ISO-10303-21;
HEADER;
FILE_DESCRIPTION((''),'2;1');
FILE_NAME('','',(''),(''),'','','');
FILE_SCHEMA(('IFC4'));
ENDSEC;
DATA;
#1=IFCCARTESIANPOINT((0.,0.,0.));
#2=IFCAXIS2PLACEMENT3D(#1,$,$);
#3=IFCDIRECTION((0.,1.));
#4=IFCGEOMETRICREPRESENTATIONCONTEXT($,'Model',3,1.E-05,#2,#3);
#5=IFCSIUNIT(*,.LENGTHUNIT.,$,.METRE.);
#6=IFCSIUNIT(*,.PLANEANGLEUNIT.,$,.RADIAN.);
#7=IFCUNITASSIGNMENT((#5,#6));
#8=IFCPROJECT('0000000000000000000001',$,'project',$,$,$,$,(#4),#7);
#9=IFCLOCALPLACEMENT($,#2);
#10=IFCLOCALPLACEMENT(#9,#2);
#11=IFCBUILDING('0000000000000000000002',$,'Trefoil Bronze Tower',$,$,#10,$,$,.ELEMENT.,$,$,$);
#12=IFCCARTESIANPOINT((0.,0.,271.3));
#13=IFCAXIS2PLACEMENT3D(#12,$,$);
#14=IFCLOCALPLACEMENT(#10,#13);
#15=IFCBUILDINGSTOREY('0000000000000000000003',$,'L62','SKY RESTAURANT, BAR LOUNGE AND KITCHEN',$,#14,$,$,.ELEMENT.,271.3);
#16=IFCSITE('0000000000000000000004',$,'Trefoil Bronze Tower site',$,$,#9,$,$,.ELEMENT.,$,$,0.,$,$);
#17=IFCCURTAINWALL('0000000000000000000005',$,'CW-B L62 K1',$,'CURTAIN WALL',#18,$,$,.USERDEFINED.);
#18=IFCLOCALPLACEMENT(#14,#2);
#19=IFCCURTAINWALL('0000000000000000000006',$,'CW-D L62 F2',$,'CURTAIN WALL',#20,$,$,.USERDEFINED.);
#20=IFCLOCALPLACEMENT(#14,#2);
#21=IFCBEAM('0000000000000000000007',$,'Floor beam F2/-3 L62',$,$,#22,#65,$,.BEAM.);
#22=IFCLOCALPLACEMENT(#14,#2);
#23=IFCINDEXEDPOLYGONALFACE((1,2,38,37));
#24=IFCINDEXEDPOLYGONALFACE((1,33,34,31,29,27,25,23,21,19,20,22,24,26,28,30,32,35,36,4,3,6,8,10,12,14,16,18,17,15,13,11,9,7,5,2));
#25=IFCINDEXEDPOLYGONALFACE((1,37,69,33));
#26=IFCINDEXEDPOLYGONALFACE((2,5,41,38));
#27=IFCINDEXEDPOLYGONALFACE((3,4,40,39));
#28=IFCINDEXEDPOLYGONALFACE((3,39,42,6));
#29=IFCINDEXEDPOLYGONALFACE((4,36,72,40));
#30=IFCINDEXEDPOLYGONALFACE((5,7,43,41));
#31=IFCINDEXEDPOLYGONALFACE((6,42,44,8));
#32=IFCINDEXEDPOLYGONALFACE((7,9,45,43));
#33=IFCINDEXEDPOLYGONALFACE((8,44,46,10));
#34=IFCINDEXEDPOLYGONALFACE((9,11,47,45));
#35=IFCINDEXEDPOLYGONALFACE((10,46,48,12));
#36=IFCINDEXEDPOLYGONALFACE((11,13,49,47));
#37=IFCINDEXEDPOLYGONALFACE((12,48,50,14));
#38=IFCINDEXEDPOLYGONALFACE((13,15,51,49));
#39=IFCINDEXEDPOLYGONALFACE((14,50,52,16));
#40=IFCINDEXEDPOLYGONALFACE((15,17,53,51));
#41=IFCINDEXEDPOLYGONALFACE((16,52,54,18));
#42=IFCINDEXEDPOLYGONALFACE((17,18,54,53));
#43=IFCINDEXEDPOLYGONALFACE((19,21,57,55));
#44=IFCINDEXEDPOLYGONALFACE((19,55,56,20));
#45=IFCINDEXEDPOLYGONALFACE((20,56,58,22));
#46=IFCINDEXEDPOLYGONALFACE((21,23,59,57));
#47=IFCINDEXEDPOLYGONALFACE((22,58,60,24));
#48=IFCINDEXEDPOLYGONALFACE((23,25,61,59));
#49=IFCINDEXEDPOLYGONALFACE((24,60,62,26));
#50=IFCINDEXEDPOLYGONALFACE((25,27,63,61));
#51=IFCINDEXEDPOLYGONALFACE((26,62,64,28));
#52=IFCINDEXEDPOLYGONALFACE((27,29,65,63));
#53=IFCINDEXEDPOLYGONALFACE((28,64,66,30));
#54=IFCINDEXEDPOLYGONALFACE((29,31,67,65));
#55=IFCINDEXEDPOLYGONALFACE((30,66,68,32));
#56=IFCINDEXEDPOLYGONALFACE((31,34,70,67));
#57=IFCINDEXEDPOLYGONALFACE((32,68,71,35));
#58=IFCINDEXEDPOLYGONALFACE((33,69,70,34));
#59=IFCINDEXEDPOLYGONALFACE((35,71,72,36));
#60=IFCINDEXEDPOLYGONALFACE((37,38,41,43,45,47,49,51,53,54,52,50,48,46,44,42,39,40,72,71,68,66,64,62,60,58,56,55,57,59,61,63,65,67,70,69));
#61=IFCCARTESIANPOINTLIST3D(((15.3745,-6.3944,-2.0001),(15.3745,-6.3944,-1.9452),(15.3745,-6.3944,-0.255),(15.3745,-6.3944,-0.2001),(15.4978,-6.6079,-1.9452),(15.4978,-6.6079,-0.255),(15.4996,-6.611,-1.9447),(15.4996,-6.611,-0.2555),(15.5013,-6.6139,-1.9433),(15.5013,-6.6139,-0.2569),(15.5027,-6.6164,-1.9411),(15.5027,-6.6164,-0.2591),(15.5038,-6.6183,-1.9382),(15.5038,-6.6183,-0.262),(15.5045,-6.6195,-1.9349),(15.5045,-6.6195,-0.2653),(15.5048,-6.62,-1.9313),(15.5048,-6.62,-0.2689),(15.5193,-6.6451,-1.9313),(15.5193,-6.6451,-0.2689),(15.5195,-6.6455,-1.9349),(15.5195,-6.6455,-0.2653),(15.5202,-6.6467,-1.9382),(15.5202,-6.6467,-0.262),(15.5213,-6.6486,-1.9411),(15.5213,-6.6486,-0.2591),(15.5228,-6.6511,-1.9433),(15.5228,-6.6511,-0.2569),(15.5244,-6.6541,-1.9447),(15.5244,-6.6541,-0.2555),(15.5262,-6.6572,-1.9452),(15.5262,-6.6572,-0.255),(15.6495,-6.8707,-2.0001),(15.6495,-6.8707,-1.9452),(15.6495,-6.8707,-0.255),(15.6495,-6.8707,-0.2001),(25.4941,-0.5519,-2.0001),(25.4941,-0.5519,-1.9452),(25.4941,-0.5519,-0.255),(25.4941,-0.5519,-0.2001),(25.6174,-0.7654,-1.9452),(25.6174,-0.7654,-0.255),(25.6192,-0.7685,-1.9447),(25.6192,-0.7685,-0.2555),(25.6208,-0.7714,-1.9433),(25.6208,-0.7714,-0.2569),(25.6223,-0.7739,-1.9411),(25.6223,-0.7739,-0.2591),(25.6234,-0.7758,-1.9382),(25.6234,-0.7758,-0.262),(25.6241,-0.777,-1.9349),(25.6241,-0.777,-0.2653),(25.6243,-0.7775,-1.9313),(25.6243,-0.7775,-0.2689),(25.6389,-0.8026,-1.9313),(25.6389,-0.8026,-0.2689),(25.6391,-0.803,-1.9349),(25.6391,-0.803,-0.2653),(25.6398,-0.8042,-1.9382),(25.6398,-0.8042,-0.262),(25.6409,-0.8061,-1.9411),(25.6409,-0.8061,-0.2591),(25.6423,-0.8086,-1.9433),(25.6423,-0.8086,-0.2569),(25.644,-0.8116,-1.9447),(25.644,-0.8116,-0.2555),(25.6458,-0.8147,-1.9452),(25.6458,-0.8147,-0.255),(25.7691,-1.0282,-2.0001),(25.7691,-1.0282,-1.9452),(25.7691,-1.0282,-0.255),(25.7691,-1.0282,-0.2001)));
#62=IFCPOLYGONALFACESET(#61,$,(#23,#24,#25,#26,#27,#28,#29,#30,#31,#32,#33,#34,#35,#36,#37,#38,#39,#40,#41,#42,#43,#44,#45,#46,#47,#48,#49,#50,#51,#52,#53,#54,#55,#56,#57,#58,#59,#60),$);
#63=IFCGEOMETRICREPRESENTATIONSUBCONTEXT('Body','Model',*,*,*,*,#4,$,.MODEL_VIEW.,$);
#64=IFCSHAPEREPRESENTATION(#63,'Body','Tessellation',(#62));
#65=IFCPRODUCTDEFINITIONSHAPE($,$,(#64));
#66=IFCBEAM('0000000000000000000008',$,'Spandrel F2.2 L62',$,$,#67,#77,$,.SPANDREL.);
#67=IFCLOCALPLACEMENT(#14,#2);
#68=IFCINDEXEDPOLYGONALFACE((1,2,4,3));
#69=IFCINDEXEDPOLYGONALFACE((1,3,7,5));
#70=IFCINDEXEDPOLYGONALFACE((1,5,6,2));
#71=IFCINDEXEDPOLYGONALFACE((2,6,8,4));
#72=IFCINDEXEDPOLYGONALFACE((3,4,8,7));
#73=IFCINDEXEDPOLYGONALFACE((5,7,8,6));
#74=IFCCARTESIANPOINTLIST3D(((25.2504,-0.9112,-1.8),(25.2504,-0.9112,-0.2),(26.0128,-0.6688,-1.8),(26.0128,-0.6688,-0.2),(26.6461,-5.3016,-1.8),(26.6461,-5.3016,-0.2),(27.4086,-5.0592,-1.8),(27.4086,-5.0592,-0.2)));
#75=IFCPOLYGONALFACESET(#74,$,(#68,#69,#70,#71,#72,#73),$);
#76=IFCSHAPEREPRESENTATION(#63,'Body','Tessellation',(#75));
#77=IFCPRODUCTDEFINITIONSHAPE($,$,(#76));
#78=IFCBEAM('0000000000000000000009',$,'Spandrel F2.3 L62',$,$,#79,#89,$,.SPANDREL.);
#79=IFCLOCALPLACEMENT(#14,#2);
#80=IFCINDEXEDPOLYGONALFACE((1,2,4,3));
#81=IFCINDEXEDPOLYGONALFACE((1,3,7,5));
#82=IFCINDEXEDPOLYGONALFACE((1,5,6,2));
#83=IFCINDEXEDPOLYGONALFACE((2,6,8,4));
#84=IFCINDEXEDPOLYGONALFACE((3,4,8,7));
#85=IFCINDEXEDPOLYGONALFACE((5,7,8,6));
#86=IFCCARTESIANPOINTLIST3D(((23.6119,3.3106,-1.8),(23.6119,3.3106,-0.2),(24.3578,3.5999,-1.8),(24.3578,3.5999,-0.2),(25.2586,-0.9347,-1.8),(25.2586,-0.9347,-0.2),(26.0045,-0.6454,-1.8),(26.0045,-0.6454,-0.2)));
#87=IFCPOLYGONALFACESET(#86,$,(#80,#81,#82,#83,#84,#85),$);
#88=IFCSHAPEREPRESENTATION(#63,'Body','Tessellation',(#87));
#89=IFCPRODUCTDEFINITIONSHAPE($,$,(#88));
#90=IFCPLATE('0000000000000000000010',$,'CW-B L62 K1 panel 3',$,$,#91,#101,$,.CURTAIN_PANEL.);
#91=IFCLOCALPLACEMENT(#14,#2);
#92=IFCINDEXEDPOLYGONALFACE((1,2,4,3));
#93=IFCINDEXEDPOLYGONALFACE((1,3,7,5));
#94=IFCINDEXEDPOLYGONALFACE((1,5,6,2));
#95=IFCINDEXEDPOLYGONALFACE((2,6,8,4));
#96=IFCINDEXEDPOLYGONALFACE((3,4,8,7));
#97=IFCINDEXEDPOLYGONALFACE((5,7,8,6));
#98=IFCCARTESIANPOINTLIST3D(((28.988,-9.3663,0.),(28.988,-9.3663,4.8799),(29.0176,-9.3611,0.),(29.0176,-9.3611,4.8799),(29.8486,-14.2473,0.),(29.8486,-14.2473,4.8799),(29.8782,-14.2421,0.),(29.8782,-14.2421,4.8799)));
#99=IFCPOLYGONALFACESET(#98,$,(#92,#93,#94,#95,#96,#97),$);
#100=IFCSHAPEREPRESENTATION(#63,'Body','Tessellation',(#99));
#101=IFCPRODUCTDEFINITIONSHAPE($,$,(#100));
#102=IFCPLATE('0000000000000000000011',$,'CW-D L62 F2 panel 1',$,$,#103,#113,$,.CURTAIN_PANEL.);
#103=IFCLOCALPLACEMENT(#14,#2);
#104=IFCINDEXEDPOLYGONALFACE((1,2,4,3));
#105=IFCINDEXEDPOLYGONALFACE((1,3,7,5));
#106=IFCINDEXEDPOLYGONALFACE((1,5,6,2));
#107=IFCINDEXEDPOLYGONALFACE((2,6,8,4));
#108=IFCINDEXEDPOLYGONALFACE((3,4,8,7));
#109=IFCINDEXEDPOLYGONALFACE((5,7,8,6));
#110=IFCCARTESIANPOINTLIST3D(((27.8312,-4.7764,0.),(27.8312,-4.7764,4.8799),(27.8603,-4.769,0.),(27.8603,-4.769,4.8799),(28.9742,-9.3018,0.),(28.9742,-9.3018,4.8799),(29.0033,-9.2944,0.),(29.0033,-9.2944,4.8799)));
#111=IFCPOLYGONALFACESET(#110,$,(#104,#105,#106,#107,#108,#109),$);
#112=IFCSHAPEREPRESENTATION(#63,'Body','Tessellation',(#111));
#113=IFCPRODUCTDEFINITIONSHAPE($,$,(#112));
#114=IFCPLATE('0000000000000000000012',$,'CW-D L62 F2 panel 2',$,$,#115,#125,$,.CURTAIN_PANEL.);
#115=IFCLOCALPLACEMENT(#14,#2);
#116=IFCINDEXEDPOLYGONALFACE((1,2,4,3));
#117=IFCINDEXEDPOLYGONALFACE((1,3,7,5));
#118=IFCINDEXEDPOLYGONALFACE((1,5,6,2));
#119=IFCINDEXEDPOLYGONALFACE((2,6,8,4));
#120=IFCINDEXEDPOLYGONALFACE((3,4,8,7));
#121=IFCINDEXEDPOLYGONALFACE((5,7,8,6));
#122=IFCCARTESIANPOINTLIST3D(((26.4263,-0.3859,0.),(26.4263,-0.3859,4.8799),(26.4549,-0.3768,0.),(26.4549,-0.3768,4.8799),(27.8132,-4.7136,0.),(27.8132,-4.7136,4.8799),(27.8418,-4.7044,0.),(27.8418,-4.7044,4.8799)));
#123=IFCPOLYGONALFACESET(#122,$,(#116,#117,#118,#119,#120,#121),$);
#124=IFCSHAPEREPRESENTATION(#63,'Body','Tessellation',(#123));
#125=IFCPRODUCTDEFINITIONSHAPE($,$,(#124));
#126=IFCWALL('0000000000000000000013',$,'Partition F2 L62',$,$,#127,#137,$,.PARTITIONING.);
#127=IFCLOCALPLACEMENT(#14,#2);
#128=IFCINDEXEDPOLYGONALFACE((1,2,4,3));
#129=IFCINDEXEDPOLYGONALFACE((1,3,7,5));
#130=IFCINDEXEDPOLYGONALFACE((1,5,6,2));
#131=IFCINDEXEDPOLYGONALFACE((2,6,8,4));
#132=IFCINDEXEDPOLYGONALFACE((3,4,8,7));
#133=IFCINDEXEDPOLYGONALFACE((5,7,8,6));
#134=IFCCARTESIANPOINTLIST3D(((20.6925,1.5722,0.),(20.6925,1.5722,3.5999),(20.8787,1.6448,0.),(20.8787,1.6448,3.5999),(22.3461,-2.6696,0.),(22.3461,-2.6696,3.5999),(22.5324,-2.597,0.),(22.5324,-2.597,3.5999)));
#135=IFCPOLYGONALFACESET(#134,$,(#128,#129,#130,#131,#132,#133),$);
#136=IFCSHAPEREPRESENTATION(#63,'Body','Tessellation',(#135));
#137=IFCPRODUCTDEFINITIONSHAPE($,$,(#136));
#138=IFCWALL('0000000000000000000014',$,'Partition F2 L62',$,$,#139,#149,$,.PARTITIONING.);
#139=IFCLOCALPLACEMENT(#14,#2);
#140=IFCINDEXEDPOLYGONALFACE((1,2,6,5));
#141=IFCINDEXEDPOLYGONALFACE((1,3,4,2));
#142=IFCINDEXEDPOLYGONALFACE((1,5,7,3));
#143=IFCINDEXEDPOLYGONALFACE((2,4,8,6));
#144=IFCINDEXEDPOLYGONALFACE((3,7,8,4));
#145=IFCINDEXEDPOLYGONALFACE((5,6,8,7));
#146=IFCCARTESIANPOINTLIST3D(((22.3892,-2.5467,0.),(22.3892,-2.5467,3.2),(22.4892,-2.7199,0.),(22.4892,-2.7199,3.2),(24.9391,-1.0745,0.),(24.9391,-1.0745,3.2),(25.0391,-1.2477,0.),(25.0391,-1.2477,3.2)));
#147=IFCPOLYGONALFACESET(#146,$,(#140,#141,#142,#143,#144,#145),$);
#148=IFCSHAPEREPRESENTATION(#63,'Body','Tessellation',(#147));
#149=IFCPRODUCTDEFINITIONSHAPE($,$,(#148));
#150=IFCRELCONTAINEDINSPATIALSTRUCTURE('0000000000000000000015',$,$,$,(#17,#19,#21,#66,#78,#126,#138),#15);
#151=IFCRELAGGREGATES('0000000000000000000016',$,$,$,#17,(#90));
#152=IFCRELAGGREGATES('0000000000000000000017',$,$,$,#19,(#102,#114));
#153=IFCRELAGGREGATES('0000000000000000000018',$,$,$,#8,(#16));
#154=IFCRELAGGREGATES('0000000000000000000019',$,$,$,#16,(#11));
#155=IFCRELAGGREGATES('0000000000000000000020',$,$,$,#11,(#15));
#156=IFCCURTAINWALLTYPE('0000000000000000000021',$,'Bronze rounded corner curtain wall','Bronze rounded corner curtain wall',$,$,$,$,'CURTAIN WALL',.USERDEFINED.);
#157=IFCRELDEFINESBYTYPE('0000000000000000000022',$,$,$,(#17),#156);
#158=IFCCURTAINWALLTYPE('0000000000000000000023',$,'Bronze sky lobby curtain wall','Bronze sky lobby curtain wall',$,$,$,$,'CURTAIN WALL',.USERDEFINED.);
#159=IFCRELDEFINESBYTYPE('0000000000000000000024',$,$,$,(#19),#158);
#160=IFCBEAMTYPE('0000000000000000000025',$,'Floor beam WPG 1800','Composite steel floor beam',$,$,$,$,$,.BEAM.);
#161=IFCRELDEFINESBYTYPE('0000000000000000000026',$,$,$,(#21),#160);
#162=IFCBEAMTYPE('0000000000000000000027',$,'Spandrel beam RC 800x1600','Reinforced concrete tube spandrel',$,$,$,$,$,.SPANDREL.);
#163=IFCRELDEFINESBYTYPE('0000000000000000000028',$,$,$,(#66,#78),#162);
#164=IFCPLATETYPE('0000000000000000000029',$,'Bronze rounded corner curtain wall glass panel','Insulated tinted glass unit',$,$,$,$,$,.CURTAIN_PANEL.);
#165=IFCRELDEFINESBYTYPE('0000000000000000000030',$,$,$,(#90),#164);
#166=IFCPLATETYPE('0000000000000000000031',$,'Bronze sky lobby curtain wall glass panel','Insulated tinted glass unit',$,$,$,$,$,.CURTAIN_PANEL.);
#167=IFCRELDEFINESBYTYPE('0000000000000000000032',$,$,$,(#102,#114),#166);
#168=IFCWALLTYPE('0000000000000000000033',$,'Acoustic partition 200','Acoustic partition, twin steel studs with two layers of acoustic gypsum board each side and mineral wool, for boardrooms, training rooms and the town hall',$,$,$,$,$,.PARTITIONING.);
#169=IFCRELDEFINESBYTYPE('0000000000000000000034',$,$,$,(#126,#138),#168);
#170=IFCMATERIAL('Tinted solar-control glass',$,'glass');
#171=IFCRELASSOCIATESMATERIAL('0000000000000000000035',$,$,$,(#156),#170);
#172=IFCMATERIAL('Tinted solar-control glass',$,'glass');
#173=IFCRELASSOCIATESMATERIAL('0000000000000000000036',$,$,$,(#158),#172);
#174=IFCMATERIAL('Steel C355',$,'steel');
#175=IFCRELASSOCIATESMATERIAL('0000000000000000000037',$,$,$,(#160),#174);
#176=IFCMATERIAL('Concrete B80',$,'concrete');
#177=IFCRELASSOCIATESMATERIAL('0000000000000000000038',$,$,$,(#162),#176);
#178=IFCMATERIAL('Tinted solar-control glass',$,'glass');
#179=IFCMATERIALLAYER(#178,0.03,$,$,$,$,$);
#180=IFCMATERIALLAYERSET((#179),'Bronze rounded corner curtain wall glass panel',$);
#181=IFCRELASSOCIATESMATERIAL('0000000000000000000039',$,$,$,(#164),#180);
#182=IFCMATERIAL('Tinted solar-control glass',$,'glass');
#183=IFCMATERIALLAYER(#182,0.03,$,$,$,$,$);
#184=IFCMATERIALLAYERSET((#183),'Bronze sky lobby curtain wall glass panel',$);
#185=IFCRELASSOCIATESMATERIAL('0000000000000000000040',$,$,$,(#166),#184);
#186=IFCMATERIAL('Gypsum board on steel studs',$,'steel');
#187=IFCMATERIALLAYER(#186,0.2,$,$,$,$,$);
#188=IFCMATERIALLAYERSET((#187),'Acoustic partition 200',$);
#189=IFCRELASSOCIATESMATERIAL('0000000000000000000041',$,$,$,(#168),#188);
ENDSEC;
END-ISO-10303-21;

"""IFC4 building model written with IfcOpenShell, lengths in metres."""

from ifc_helpers import new_model, si_unit, direction, frame, frame_2d, origin, origin_2d, place, context, subcontext, project, spatial, rectangle, i_section, extrude, material, layer, layer_set, material_profile, profile_set, type_object, element, aggregate, save


model = new_model("IFC4")

# Units and contexts
model_context = context("Model", 3, precision=1e-05, world=origin(), true_north=direction((0.0, 1.0)))
body_context = subcontext(model_context, "Body", "Model", "MODEL_VIEW")
ifc_project = project(units=[si_unit("LENGTHUNIT", "METRE"), si_unit("PLANEANGLEUNIT", "RADIAN")], contexts=[model_context])

# Site, building, storey
site_placement = place(None, origin())
site = spatial("IfcSite", under=ifc_project, at=site_placement, Name="Trefoil Bronze Tower site", CompositionType="ELEMENT", RefElevation=0.0)
building_placement = place(site_placement, origin())
building = spatial("IfcBuilding", under=site, at=building_placement, Name="Trefoil Bronze Tower", CompositionType="ELEMENT")
storey_placement = place(building_placement, frame((0.0, 0.0, 271.3)))
storey = spatial("IfcBuildingStorey", under=building, at=storey_placement, Name="L62", Description="SKY RESTAURANT, BAR LOUNGE AND KITCHEN", CompositionType="ELEMENT", Elevation=271.3)

# Curtain walls
ifc_material_1 = material(Name="Tinted solar-control glass", Category="glass")
curtain_wall_type_1 = type_object("IfcCurtainWallType", Name="Bronze rounded corner curtain wall", Description="Bronze rounded corner curtain wall", ElementType="CURTAIN WALL", PredefinedType="USERDEFINED", material=ifc_material_1)
curtain_wall_1_placement = place(storey_placement, origin())
curtain_wall_1 = element("IfcCurtainWall", 1, at=curtain_wall_1_placement, inside=storey, type_object=curtain_wall_type_1, Name="CW-B L62 K1", ObjectType="CURTAIN WALL", PredefinedType="USERDEFINED")
ifc_material_2 = material(Name="Tinted solar-control glass", Category="glass")
curtain_wall_type_2 = type_object("IfcCurtainWallType", Name="Bronze sky lobby curtain wall", Description="Bronze sky lobby curtain wall", ElementType="CURTAIN WALL", PredefinedType="USERDEFINED", material=ifc_material_2)
curtain_wall_2_placement = place(storey_placement, origin())
curtain_wall_2 = element("IfcCurtainWall", 2, at=curtain_wall_2_placement, inside=storey, type_object=curtain_wall_type_2, Name="CW-D L62 F2", ObjectType="CURTAIN WALL", PredefinedType="USERDEFINED")

# Beams
ifc_material_3 = material(Name="Steel C355", Category="steel")
ifc_material_profile_1 = material_profile(ifc_material_3, i_section(OverallWidth=0.55, OverallDepth=1.8, WebThickness=0.0291, FlangeThickness=0.0549, FilletRadius=0.0139, at=origin_2d()), Name="WPG 1800")
ifc_profile_set_1 = profile_set([ifc_material_profile_1], Name="Steel C355")
beam_type_1 = type_object("IfcBeamType", Name="Floor beam WPG 1800", Description="Composite steel floor beam", PredefinedType="BEAM", material=ifc_profile_set_1)
beam_1_placement = place(storey_placement, frame((25.6316, -0.79, -1.1001), z_axis=(-0.866027, -0.499997, 0.0), x_axis=(0.499997, -0.866027, 0.0)))
element("IfcBeam", 3, at=beam_1_placement, inside=storey, type_object=beam_type_1, Name="Floor beam F2/-3 L62", PredefinedType="BEAM", context=body_context, shape_type="SweptSolid", body=[
    extrude(i_section(OverallWidth=0.55, OverallDepth=1.8, WebThickness=0.0291, FlangeThickness=0.0549, FilletRadius=0.0139, at=origin_2d()), origin(), (0.0, 0.0, 1.0), 11.6851),
])
ifc_material_4 = material(Name="Concrete B80", Category="concrete")
ifc_material_profile_2 = material_profile(ifc_material_4, rectangle(XDim=0.8, YDim=1.6001, at=origin_2d()), Name="RC 800x1600")
ifc_profile_set_2 = profile_set([ifc_material_profile_2], Name="Concrete B80")
beam_type_2 = type_object("IfcBeamType", Name="Spandrel beam RC 800x1600", Description="Reinforced concrete tube spandrel", PredefinedType="SPANDREL", material=ifc_profile_set_2)
beam_2_placement = place(storey_placement, frame((27.0273, -5.1804, -1.0), z_axis=(-0.30297, 0.953, 0.0), x_axis=(-0.953, -0.30297, 0.0)))
element("IfcBeam", 4, at=beam_2_placement, inside=storey, type_object=beam_type_2, Name="Spandrel F2.2 L62", PredefinedType="SPANDREL", context=body_context, shape_type="SweptSolid", body=[
    extrude(rectangle(XDim=0.8, YDim=1.6001, at=origin_2d()), origin(), (0.0, 0.0, 1.0), 4.6069),
])
beam_3_placement = place(storey_placement, frame((25.6316, -0.79, -1.0), z_axis=(-0.361636, 0.932319, 0.0), x_axis=(-0.932319, -0.361636, 0.0)))
element("IfcBeam", 5, at=beam_3_placement, inside=storey, type_object=beam_type_2, Name="Spandrel F2.3 L62", PredefinedType="SPANDREL", context=body_context, shape_type="SweptSolid", body=[
    extrude(rectangle(XDim=0.8, YDim=1.6001, at=origin_2d()), origin(), (0.0, 0.0, 1.0), 4.5535),
])

# Plates
ifc_material_5 = material(Name="Tinted solar-control glass", Category="glass")
ifc_layer_1 = layer(ifc_material_5, 0.03)
ifc_layer_set_1 = layer_set([ifc_layer_1], Name="Bronze rounded corner curtain wall glass panel")
plate_type_1 = type_object("IfcPlateType", Name="Bronze rounded corner curtain wall glass panel", Description="Insulated tinted glass unit", PredefinedType="CURTAIN_PANEL", material=ifc_layer_set_1)
plate_1_placement = place(storey_placement, frame((29.4331, -11.8042, 0.0), z_axis=(0.0, 0.0, 1.0), x_axis=(-0.173648, 0.984808, 0.0)))
plate_1 = element("IfcPlate", 6, at=plate_1_placement, type_object=plate_type_1, Name="CW-B L62 K1 panel 3", PredefinedType="CURTAIN_PANEL", context=body_context, shape_type="SweptSolid", body=[
    extrude(rectangle(XDim=4.9563, YDim=0.03, at=origin_2d()), origin(), (0.0, 0.0, 1.0), 4.8799),
])
aggregate(curtain_wall_1, [plate_1])
ifc_material_6 = material(Name="Tinted solar-control glass", Category="glass")
ifc_layer_2 = layer(ifc_material_6, 0.03)
ifc_layer_set_2 = layer_set([ifc_layer_2], Name="Bronze sky lobby curtain wall glass panel")
plate_type_2 = type_object("IfcPlateType", Name="Bronze sky lobby curtain wall glass panel", Description="Insulated tinted glass unit", PredefinedType="CURTAIN_PANEL", material=ifc_layer_set_2)
plate_2_placement = place(storey_placement, frame((28.4172, -7.0354, 0.0), z_axis=(0.0, 0.0, 1.0), x_axis=(-0.24488, 0.969554, 0.0)))
plate_2 = element("IfcPlate", 7, at=plate_2_placement, type_object=plate_type_2, Name="CW-D L62 F2 panel 1", PredefinedType="CURTAIN_PANEL", context=body_context, shape_type="SweptSolid", body=[
    extrude(rectangle(XDim=4.6675, YDim=0.03, at=origin_2d()), origin(), (0.0, 0.0, 1.0), 4.8799),
])
plate_3_placement = place(storey_placement, frame((27.134, -2.5452, 0.0), z_axis=(0.0, 0.0, 1.0), x_axis=(-0.305188, 0.952292, 0.0)))
plate_3 = element("IfcPlate", 8, at=plate_3_placement, type_object=plate_type_2, Name="CW-D L62 F2 panel 2", PredefinedType="CURTAIN_PANEL", context=body_context, shape_type="SweptSolid", body=[
    extrude(rectangle(XDim=4.5444, YDim=0.03, at=origin_2d()), origin(), (0.0, 0.0, 1.0), 4.8799),
])
aggregate(curtain_wall_2, [plate_2, plate_3])

# Walls
ifc_material_7 = material(Name="Gypsum board on steel studs", Category="steel")
ifc_layer_3 = layer(ifc_material_7, 0.2)
ifc_layer_set_3 = layer_set([ifc_layer_3], Name="Acoustic partition 200")
wall_type_1 = type_object("IfcWallType", Name="Acoustic partition 200", Description="Acoustic partition, twin steel studs with two layers of acoustic gypsum board each side and mineral wool, for boardrooms, training rooms and the town hall", PredefinedType="PARTITIONING", material=ifc_layer_set_3)
wall_1_placement = place(storey_placement, frame((22.4392, -2.6333, 0.0), z_axis=(0.0, 0.0, 1.0), x_axis=(-0.363212, 0.931706, 0.0)))
element("IfcWall", 9, at=wall_1_placement, inside=storey, type_object=wall_type_1, Name="Partition F2 L62", PredefinedType="PARTITIONING", context=body_context, shape_type="SweptSolid", body=[
    extrude(rectangle(XDim=4.5527, YDim=0.2, at=frame_2d((2.2764, 0.0))), origin(), (0.0, 0.0, 1.0), 3.5999),
])
wall_2_placement = place(storey_placement, frame((22.4392, -2.6333, 0.0), z_axis=(0.0, 0.0, 1.0), x_axis=(0.86602, 0.50001, 0.0)))
element("IfcWall", 10, at=wall_2_placement, inside=storey, type_object=wall_type_1, Name="Partition F2 L62", PredefinedType="PARTITIONING", context=body_context, shape_type="SweptSolid", body=[
    extrude(rectangle(XDim=2.9443, YDim=0.2, at=frame_2d((1.4722, 0.0))), origin(), (0.0, 0.0, 1.0), 3.2),
])

save(model, "model.ifc")
